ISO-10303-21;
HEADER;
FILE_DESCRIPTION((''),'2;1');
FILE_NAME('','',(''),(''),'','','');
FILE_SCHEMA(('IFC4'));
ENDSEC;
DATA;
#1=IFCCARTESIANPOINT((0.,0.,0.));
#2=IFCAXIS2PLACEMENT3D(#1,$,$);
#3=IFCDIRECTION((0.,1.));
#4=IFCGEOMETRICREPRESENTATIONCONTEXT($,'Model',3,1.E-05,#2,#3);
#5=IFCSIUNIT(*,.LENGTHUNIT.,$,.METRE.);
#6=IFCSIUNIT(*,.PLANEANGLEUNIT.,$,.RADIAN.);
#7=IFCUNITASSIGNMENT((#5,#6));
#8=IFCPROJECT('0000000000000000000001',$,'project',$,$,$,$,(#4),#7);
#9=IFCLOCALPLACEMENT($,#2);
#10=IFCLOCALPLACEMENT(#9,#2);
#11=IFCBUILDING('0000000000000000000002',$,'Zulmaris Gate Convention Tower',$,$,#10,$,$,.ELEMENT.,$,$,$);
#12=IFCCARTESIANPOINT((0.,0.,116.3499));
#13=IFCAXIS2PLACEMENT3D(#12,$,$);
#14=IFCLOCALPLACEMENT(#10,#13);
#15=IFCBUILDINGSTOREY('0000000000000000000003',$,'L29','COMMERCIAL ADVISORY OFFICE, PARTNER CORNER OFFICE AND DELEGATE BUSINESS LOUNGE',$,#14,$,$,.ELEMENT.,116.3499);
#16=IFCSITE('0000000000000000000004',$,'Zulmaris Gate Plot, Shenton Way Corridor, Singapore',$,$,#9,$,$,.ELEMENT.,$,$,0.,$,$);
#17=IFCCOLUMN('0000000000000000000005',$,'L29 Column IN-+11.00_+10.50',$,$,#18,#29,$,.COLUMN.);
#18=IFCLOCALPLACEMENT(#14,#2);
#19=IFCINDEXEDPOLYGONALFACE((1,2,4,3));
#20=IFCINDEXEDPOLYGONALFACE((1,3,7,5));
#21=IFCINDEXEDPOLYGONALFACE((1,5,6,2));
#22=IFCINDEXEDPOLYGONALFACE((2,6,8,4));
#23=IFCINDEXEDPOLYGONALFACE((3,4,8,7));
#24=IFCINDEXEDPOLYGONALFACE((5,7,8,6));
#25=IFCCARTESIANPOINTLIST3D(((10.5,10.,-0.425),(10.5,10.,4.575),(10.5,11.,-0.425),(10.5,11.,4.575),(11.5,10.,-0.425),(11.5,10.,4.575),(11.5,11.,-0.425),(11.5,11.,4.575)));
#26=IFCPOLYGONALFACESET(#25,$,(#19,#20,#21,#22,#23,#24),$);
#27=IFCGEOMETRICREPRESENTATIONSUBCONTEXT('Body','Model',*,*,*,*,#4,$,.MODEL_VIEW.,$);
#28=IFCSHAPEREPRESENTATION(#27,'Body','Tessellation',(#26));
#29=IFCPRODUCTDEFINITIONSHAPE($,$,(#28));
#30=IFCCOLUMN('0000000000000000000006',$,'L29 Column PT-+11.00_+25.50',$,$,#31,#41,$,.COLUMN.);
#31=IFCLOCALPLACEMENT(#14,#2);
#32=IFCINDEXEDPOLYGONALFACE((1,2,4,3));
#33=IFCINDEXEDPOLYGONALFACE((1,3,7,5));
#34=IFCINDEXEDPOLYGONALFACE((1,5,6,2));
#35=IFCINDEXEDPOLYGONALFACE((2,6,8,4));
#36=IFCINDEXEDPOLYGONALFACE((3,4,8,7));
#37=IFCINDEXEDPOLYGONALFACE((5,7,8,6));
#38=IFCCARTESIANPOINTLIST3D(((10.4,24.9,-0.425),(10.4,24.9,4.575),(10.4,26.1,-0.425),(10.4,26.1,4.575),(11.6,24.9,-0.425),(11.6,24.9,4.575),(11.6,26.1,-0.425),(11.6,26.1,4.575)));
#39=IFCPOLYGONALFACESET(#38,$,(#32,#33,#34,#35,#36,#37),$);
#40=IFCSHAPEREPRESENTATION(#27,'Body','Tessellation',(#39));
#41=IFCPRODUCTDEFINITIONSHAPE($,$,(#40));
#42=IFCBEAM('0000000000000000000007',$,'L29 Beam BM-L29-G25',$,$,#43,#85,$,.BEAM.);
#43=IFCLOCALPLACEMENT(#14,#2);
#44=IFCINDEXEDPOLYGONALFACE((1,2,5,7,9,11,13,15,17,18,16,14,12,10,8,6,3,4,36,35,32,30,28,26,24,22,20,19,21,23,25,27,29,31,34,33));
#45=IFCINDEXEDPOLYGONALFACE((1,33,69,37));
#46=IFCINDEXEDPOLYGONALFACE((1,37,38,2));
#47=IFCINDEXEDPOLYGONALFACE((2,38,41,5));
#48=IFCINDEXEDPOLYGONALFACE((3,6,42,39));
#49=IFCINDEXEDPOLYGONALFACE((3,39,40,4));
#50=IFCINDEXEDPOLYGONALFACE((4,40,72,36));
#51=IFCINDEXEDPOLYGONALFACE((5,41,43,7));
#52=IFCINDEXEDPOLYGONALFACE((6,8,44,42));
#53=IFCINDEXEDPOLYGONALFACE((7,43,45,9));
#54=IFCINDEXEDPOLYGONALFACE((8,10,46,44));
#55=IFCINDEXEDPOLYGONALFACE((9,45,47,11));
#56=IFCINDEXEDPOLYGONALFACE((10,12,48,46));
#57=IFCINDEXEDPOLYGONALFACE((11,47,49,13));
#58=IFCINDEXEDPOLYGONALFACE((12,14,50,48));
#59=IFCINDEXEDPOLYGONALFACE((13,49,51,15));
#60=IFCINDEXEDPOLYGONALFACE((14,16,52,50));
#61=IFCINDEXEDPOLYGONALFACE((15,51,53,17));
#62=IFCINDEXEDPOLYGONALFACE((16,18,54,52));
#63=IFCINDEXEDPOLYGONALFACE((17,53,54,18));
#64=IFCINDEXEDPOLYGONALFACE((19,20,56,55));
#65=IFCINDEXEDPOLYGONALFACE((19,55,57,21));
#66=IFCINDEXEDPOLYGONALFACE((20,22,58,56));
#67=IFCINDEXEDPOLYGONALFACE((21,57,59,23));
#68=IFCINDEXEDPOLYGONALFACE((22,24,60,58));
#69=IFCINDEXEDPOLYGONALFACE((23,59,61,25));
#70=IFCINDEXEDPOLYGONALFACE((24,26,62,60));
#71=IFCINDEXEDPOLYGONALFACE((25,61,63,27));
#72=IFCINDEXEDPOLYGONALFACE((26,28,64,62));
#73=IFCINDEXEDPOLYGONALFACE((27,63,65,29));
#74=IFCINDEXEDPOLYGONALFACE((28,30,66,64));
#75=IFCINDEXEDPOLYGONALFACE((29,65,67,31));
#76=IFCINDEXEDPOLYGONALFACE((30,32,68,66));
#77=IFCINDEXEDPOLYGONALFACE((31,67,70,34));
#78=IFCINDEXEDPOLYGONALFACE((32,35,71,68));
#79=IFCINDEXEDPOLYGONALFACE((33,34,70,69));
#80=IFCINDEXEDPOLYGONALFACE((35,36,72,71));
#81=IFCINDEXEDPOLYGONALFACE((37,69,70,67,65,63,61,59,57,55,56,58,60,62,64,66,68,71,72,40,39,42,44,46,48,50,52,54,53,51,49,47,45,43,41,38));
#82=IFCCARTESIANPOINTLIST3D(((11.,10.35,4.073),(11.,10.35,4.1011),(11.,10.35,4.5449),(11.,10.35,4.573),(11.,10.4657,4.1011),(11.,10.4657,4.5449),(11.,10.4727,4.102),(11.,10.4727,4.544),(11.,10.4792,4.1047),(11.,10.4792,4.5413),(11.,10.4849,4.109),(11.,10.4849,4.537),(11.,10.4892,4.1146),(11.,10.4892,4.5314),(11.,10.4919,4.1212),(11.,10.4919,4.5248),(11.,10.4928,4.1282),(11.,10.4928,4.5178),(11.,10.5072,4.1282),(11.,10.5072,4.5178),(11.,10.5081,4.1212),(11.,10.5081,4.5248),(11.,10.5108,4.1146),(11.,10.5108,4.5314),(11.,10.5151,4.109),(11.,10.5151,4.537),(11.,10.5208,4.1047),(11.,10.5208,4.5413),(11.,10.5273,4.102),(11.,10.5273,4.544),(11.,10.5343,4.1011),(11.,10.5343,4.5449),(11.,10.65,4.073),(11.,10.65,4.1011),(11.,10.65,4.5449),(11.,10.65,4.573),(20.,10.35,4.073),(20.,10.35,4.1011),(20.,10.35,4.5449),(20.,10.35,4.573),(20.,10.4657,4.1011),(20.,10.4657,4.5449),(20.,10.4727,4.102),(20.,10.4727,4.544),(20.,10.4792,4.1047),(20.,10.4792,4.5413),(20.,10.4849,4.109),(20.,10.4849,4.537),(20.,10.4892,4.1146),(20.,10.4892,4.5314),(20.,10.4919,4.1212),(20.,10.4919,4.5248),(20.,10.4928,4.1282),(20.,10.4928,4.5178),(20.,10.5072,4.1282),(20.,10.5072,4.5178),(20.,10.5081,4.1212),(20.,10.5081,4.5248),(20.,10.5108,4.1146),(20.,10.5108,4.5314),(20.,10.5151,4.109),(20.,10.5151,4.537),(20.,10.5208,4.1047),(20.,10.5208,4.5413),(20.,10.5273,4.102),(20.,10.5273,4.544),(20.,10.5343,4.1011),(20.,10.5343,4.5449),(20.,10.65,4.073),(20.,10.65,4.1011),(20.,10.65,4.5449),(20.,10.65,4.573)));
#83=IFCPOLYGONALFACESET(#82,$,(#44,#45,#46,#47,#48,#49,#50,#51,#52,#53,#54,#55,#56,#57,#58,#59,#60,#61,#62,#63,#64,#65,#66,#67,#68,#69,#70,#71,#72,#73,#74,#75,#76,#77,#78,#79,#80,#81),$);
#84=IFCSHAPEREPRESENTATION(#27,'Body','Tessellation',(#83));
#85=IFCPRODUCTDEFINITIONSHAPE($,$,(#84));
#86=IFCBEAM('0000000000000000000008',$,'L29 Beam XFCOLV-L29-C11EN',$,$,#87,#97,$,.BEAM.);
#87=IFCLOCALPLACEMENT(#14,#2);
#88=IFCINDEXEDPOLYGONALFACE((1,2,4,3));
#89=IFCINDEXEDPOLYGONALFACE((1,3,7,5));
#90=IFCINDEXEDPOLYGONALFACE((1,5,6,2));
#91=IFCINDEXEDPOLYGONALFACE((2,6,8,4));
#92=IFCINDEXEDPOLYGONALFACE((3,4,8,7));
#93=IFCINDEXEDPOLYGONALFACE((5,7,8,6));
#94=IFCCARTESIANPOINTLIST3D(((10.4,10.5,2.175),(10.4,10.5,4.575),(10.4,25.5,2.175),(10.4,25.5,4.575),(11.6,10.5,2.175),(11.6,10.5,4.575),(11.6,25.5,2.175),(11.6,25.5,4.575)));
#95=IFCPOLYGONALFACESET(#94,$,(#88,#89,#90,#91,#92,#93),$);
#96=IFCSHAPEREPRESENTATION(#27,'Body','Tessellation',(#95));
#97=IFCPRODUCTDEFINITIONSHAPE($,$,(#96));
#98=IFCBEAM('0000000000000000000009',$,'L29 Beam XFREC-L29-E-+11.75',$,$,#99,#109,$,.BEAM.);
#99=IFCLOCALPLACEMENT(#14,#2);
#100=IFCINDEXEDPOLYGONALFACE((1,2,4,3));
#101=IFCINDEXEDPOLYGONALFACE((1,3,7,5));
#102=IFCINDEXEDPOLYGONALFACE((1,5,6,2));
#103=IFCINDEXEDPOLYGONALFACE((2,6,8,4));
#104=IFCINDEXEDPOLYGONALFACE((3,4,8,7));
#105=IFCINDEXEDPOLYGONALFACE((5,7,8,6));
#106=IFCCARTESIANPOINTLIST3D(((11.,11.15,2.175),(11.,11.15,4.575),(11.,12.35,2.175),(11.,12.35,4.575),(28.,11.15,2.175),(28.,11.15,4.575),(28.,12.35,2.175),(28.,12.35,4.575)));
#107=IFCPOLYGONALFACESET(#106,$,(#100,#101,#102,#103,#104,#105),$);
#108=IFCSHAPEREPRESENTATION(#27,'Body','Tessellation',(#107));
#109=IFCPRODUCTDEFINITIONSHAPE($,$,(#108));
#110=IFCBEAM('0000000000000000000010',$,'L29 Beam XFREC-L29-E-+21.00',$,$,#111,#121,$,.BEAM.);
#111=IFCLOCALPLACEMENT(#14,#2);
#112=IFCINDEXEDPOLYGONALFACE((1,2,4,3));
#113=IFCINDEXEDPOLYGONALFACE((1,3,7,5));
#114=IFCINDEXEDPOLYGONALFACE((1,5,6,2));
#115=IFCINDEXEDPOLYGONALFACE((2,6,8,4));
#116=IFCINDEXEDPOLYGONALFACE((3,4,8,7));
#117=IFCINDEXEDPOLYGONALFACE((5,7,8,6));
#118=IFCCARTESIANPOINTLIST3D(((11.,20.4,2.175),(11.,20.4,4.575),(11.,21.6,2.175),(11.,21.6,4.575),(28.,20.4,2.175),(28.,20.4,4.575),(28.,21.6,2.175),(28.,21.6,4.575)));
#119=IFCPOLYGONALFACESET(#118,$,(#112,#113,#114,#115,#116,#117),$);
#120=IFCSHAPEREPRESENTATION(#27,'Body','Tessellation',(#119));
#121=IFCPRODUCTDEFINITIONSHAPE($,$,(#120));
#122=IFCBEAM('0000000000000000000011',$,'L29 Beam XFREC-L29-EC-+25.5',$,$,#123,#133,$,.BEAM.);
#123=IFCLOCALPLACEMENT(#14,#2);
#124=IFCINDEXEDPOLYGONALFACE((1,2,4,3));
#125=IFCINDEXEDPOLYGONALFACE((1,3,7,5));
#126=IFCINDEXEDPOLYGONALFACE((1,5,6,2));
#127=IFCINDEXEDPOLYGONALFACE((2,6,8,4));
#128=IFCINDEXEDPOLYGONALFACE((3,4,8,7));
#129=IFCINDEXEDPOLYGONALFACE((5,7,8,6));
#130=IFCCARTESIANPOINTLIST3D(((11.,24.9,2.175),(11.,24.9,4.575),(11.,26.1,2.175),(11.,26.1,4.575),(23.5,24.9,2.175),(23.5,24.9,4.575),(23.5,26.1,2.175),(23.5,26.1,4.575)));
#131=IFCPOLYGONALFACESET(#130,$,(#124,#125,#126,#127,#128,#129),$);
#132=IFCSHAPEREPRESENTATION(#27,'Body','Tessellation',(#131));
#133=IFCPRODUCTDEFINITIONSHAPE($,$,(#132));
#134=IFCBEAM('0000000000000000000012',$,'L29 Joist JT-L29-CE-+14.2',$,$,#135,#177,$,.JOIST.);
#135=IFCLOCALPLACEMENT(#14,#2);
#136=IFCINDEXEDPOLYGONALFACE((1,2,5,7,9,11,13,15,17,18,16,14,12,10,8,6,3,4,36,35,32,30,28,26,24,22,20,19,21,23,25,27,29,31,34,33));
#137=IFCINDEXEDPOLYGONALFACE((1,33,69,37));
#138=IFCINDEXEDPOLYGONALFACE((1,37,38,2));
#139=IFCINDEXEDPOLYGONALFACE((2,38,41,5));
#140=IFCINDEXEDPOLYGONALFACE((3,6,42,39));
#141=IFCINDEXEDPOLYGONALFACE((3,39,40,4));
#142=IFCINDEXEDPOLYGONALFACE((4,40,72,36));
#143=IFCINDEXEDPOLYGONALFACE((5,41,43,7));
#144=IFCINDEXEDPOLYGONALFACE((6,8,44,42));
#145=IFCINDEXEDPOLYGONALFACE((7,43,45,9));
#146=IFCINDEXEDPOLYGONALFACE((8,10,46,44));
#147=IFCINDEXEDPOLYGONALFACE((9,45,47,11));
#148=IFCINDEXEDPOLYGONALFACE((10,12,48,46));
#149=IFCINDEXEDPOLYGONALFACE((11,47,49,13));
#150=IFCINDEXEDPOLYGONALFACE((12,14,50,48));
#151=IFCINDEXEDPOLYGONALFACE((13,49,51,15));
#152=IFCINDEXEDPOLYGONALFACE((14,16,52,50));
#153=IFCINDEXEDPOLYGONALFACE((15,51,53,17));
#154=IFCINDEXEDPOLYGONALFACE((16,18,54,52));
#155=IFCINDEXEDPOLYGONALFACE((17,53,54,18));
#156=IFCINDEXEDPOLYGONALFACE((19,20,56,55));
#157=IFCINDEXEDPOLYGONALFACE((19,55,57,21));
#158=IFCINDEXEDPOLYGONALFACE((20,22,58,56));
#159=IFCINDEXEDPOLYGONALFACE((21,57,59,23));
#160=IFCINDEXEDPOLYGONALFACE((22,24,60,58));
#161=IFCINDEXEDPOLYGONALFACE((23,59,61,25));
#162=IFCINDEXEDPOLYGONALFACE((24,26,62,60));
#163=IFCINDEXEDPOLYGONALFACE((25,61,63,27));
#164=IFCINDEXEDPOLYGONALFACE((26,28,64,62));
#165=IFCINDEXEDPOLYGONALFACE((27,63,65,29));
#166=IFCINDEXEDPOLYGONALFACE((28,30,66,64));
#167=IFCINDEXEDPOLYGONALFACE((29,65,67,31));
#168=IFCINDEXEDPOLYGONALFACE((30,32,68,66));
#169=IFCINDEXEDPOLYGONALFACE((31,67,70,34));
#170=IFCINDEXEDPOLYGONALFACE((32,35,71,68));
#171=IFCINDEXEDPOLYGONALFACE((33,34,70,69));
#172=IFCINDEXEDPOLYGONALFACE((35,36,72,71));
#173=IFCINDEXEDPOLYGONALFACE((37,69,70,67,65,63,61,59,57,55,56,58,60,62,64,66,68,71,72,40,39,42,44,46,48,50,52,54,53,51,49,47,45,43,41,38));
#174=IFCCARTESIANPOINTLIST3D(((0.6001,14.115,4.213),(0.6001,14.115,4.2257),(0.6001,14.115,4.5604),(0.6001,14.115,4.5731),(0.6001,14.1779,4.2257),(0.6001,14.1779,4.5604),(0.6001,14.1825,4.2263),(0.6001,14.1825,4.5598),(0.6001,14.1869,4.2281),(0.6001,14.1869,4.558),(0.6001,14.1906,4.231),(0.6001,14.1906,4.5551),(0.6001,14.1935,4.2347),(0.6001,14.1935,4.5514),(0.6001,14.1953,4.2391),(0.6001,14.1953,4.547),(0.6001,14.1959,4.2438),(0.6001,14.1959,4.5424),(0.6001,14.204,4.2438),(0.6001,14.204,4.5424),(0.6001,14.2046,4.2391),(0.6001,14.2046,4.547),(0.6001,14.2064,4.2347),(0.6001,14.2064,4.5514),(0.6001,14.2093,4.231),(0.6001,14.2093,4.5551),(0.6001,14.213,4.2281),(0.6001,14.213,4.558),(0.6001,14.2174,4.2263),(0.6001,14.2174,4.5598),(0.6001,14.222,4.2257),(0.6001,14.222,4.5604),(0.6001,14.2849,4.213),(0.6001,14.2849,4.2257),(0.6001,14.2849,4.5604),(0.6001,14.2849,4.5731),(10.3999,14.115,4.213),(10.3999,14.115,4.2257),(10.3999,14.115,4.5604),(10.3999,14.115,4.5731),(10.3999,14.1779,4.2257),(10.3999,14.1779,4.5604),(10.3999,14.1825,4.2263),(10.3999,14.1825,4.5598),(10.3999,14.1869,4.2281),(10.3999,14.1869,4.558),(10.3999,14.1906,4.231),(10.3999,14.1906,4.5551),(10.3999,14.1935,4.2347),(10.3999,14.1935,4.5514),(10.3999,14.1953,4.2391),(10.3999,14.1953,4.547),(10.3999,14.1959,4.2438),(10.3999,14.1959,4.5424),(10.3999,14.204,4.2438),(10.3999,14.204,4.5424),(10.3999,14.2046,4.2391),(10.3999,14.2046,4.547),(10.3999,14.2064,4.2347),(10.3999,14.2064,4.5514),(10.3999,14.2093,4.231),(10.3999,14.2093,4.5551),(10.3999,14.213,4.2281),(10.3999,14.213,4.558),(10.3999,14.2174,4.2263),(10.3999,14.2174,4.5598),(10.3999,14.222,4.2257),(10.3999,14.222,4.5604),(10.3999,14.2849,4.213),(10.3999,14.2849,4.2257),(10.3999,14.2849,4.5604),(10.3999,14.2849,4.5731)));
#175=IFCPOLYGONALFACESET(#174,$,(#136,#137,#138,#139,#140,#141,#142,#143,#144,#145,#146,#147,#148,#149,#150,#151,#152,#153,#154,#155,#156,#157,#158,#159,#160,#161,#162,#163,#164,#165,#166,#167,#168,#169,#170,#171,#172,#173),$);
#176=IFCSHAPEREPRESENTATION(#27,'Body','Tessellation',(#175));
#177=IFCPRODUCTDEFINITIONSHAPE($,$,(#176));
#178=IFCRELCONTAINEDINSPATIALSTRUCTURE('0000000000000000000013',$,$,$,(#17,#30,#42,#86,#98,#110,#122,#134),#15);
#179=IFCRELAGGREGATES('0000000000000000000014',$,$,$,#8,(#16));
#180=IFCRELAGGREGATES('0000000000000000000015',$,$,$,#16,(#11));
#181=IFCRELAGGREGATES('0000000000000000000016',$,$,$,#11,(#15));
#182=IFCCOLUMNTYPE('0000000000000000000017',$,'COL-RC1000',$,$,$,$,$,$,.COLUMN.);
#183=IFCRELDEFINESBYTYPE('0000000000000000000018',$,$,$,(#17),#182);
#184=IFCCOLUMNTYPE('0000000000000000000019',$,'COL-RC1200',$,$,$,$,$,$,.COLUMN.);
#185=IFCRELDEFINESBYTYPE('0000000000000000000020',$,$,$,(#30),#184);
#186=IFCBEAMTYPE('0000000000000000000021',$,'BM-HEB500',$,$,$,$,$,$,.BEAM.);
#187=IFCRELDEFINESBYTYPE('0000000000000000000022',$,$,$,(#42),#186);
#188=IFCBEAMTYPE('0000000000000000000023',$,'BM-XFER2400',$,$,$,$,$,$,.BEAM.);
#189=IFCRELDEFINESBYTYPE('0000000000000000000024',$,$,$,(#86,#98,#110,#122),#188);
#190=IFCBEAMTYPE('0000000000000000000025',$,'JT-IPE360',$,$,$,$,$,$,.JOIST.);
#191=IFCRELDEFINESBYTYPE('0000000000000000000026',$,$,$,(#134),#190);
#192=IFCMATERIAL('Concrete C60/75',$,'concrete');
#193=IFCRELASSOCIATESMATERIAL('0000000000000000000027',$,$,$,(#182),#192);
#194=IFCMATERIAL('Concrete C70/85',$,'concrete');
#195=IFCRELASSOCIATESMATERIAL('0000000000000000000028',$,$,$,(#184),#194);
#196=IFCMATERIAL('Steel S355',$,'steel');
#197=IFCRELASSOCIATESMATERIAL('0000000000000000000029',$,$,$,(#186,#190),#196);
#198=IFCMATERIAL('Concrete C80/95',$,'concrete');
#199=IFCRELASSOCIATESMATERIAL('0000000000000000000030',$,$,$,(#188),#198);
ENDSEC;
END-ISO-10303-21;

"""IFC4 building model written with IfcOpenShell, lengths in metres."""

from ifc_helpers import new_model, si_unit, direction, frame, origin, origin_2d, place, context, subcontext, project, spatial, rectangle, i_section, extrude, material, material_profile, profile_set, type_object, element, save


model = new_model("IFC4")

# Units and contexts
model_context = context("Model", 3, precision=1e-05, world=origin(), true_north=direction((0.0, 1.0)))
body_context = subcontext(model_context, "Body", "Model", "MODEL_VIEW")
ifc_project = project(units=[si_unit("LENGTHUNIT", "METRE"), si_unit("PLANEANGLEUNIT", "RADIAN")], contexts=[model_context])

# Site, building, storey
site_placement = place(None, origin())
site = spatial("IfcSite", under=ifc_project, at=site_placement, Name="Zulmaris Gate Plot, Shenton Way Corridor, Singapore", CompositionType="ELEMENT", RefElevation=0.0)
building_placement = place(site_placement, origin())
building = spatial("IfcBuilding", under=site, at=building_placement, Name="Zulmaris Gate Convention Tower", CompositionType="ELEMENT")
storey_placement = place(building_placement, frame((0.0, 0.0, 116.3499)))
storey = spatial("IfcBuildingStorey", under=building, at=storey_placement, Name="L29", Description="COMMERCIAL ADVISORY OFFICE, PARTNER CORNER OFFICE AND DELEGATE BUSINESS LOUNGE", CompositionType="ELEMENT", Elevation=116.3499)

# Columns
ifc_material_1 = material(Name="Concrete C60/75", Category="concrete")
ifc_material_profile_1 = material_profile(ifc_material_1, rectangle(XDim=1.0, YDim=1.0, at=origin_2d()), Name="RC COL 1000x1000")
ifc_profile_set_1 = profile_set([ifc_material_profile_1], Name="Concrete C60/75")
column_type_1 = type_object("IfcColumnType", Name="COL-RC1000", PredefinedType="COLUMN", material=ifc_profile_set_1)
column_1_placement = place(storey_placement, frame((11.0, 10.5, -0.425), z_axis=(0.0, 0.0, 1.0), x_axis=(1.0, 0.0, 0.0)))
element("IfcColumn", 1, at=column_1_placement, inside=storey, type_object=column_type_1, Name="L29 Column IN-+11.00_+10.50", PredefinedType="COLUMN", context=body_context, shape_type="SweptSolid", body=[
    extrude(rectangle(XDim=1.0, YDim=1.0, at=origin_2d()), origin(), (0.0, 0.0, 1.0), 5.0),
])
ifc_material_2 = material(Name="Concrete C70/85", Category="concrete")
ifc_material_profile_2 = material_profile(ifc_material_2, rectangle(XDim=1.2, YDim=1.2, at=origin_2d()), Name="RC COL 1200x1200")
ifc_profile_set_2 = profile_set([ifc_material_profile_2], Name="Concrete C70/85")
column_type_2 = type_object("IfcColumnType", Name="COL-RC1200", PredefinedType="COLUMN", material=ifc_profile_set_2)
column_2_placement = place(storey_placement, frame((11.0, 25.5, -0.425), z_axis=(0.0, 0.0, 1.0), x_axis=(1.0, 0.0, 0.0)))
element("IfcColumn", 2, at=column_2_placement, inside=storey, type_object=column_type_2, Name="L29 Column PT-+11.00_+25.50", PredefinedType="COLUMN", context=body_context, shape_type="SweptSolid", body=[
    extrude(rectangle(XDim=1.2, YDim=1.2, at=origin_2d()), origin(), (0.0, 0.0, 1.0), 5.0),
])

# Beams
ifc_material_3 = material(Name="Steel S355", Category="steel")
ifc_material_profile_3 = material_profile(ifc_material_3, i_section(OverallWidth=0.3, OverallDepth=0.5, WebThickness=0.0144, FlangeThickness=0.0281, FilletRadius=0.0271, at=origin_2d()), Name="HEB 500")
ifc_profile_set_3 = profile_set([ifc_material_profile_3], Name="Steel S355")
beam_type_1 = type_object("IfcBeamType", Name="BM-HEB500", PredefinedType="BEAM", material=ifc_profile_set_3)
beam_1_placement = place(storey_placement, frame((11.0, 10.5, 4.323), z_axis=(1.0, 0.0, 0.0), x_axis=(0.0, 1.0, 0.0)))
element("IfcBeam", 3, at=beam_1_placement, inside=storey, type_object=beam_type_1, Name="L29 Beam BM-L29-G25", PredefinedType="BEAM", context=body_context, shape_type="SweptSolid", body=[
    extrude(i_section(OverallWidth=0.3, OverallDepth=0.5, WebThickness=0.0144, FlangeThickness=0.0281, FilletRadius=0.0271, at=origin_2d()), origin(), (0.0, 0.0, 1.0), 9.0),
])
ifc_material_4 = material(Name="Concrete C80/95", Category="concrete")
ifc_material_profile_4 = material_profile(ifc_material_4, rectangle(XDim=1.2, YDim=2.3999, at=origin_2d()), Name="RC TRANSFER 1200x2400")
ifc_profile_set_4 = profile_set([ifc_material_profile_4], Name="Concrete C80/95")
beam_type_2 = type_object("IfcBeamType", Name="BM-XFER2400", PredefinedType="BEAM", material=ifc_profile_set_4)
beam_2_placement = place(storey_placement, frame((11.0, 10.5, 3.375), z_axis=(0.0, 1.0, 0.0), x_axis=(-1.0, 0.0, 0.0)))
element("IfcBeam", 4, at=beam_2_placement, inside=storey, type_object=beam_type_2, Name="L29 Beam XFCOLV-L29-C11EN", PredefinedType="BEAM", context=body_context, shape_type="SweptSolid", body=[
    extrude(rectangle(XDim=1.2, YDim=2.3999, at=origin_2d()), origin(), (0.0, 0.0, 1.0), 15.0),
])
for number, where, z_axis, x_axis, name in (
    (5, (11.0, 11.75, 3.375), (1.0, 0.0, 0.0), (0.0, 1.0, 0.0), "L29 Beam XFREC-L29-E-+11.75"),
    (6, (11.0, 21.0, 3.375), (1.0, 0.0, 0.0), (0.0, 1.0, 0.0), "L29 Beam XFREC-L29-E-+21.00"),
):
    element("IfcBeam", number, at=place(storey_placement, frame(where, z_axis=z_axis, x_axis=x_axis)), inside=storey, type_object=beam_type_2, Name=name, PredefinedType="BEAM", context=body_context, shape_type="SweptSolid", body=[
        extrude(rectangle(XDim=1.2, YDim=2.3999, at=origin_2d()), origin(), (0.0, 0.0, 1.0), 17.0),
    ])
beam_3_placement = place(storey_placement, frame((11.0, 25.5, 3.375), z_axis=(1.0, 0.0, 0.0), x_axis=(0.0, 1.0, 0.0)))
element("IfcBeam", 7, at=beam_3_placement, inside=storey, type_object=beam_type_2, Name="L29 Beam XFREC-L29-EC-+25.5", PredefinedType="BEAM", context=body_context, shape_type="SweptSolid", body=[
    extrude(rectangle(XDim=1.2, YDim=2.3999, at=origin_2d()), origin(), (0.0, 0.0, 1.0), 12.5),
])
ifc_material_profile_5 = material_profile(ifc_material_3, i_section(OverallWidth=0.1699, OverallDepth=0.3601, WebThickness=0.0081, FlangeThickness=0.0127, FilletRadius=0.0181, at=origin_2d()), Name="IPE 360")
ifc_profile_set_5 = profile_set([ifc_material_profile_5], Name="Steel S355")
beam_type_3 = type_object("IfcBeamType", Name="JT-IPE360", PredefinedType="JOIST", material=ifc_profile_set_5)
for number, where, z_axis, x_axis, name in (
    (8, (0.6001, 14.2, 4.3931), (1.0, 0.0, 0.0), (0.0, 1.0, 0.0), "L29 Joist JT-L29-CE-+14.2"),
):
    element("IfcBeam", number, at=place(storey_placement, frame(where, z_axis=z_axis, x_axis=x_axis)), inside=storey, type_object=beam_type_3, Name=name, PredefinedType="JOIST", context=body_context, shape_type="SweptSolid", body=[
        extrude(i_section(OverallWidth=0.1699, OverallDepth=0.3601, WebThickness=0.0081, FlangeThickness=0.0127, FilletRadius=0.0181, at=origin_2d()), origin(), (0.0, 0.0, 1.0), 9.7998),
    ])

save(model, "model.ifc")
